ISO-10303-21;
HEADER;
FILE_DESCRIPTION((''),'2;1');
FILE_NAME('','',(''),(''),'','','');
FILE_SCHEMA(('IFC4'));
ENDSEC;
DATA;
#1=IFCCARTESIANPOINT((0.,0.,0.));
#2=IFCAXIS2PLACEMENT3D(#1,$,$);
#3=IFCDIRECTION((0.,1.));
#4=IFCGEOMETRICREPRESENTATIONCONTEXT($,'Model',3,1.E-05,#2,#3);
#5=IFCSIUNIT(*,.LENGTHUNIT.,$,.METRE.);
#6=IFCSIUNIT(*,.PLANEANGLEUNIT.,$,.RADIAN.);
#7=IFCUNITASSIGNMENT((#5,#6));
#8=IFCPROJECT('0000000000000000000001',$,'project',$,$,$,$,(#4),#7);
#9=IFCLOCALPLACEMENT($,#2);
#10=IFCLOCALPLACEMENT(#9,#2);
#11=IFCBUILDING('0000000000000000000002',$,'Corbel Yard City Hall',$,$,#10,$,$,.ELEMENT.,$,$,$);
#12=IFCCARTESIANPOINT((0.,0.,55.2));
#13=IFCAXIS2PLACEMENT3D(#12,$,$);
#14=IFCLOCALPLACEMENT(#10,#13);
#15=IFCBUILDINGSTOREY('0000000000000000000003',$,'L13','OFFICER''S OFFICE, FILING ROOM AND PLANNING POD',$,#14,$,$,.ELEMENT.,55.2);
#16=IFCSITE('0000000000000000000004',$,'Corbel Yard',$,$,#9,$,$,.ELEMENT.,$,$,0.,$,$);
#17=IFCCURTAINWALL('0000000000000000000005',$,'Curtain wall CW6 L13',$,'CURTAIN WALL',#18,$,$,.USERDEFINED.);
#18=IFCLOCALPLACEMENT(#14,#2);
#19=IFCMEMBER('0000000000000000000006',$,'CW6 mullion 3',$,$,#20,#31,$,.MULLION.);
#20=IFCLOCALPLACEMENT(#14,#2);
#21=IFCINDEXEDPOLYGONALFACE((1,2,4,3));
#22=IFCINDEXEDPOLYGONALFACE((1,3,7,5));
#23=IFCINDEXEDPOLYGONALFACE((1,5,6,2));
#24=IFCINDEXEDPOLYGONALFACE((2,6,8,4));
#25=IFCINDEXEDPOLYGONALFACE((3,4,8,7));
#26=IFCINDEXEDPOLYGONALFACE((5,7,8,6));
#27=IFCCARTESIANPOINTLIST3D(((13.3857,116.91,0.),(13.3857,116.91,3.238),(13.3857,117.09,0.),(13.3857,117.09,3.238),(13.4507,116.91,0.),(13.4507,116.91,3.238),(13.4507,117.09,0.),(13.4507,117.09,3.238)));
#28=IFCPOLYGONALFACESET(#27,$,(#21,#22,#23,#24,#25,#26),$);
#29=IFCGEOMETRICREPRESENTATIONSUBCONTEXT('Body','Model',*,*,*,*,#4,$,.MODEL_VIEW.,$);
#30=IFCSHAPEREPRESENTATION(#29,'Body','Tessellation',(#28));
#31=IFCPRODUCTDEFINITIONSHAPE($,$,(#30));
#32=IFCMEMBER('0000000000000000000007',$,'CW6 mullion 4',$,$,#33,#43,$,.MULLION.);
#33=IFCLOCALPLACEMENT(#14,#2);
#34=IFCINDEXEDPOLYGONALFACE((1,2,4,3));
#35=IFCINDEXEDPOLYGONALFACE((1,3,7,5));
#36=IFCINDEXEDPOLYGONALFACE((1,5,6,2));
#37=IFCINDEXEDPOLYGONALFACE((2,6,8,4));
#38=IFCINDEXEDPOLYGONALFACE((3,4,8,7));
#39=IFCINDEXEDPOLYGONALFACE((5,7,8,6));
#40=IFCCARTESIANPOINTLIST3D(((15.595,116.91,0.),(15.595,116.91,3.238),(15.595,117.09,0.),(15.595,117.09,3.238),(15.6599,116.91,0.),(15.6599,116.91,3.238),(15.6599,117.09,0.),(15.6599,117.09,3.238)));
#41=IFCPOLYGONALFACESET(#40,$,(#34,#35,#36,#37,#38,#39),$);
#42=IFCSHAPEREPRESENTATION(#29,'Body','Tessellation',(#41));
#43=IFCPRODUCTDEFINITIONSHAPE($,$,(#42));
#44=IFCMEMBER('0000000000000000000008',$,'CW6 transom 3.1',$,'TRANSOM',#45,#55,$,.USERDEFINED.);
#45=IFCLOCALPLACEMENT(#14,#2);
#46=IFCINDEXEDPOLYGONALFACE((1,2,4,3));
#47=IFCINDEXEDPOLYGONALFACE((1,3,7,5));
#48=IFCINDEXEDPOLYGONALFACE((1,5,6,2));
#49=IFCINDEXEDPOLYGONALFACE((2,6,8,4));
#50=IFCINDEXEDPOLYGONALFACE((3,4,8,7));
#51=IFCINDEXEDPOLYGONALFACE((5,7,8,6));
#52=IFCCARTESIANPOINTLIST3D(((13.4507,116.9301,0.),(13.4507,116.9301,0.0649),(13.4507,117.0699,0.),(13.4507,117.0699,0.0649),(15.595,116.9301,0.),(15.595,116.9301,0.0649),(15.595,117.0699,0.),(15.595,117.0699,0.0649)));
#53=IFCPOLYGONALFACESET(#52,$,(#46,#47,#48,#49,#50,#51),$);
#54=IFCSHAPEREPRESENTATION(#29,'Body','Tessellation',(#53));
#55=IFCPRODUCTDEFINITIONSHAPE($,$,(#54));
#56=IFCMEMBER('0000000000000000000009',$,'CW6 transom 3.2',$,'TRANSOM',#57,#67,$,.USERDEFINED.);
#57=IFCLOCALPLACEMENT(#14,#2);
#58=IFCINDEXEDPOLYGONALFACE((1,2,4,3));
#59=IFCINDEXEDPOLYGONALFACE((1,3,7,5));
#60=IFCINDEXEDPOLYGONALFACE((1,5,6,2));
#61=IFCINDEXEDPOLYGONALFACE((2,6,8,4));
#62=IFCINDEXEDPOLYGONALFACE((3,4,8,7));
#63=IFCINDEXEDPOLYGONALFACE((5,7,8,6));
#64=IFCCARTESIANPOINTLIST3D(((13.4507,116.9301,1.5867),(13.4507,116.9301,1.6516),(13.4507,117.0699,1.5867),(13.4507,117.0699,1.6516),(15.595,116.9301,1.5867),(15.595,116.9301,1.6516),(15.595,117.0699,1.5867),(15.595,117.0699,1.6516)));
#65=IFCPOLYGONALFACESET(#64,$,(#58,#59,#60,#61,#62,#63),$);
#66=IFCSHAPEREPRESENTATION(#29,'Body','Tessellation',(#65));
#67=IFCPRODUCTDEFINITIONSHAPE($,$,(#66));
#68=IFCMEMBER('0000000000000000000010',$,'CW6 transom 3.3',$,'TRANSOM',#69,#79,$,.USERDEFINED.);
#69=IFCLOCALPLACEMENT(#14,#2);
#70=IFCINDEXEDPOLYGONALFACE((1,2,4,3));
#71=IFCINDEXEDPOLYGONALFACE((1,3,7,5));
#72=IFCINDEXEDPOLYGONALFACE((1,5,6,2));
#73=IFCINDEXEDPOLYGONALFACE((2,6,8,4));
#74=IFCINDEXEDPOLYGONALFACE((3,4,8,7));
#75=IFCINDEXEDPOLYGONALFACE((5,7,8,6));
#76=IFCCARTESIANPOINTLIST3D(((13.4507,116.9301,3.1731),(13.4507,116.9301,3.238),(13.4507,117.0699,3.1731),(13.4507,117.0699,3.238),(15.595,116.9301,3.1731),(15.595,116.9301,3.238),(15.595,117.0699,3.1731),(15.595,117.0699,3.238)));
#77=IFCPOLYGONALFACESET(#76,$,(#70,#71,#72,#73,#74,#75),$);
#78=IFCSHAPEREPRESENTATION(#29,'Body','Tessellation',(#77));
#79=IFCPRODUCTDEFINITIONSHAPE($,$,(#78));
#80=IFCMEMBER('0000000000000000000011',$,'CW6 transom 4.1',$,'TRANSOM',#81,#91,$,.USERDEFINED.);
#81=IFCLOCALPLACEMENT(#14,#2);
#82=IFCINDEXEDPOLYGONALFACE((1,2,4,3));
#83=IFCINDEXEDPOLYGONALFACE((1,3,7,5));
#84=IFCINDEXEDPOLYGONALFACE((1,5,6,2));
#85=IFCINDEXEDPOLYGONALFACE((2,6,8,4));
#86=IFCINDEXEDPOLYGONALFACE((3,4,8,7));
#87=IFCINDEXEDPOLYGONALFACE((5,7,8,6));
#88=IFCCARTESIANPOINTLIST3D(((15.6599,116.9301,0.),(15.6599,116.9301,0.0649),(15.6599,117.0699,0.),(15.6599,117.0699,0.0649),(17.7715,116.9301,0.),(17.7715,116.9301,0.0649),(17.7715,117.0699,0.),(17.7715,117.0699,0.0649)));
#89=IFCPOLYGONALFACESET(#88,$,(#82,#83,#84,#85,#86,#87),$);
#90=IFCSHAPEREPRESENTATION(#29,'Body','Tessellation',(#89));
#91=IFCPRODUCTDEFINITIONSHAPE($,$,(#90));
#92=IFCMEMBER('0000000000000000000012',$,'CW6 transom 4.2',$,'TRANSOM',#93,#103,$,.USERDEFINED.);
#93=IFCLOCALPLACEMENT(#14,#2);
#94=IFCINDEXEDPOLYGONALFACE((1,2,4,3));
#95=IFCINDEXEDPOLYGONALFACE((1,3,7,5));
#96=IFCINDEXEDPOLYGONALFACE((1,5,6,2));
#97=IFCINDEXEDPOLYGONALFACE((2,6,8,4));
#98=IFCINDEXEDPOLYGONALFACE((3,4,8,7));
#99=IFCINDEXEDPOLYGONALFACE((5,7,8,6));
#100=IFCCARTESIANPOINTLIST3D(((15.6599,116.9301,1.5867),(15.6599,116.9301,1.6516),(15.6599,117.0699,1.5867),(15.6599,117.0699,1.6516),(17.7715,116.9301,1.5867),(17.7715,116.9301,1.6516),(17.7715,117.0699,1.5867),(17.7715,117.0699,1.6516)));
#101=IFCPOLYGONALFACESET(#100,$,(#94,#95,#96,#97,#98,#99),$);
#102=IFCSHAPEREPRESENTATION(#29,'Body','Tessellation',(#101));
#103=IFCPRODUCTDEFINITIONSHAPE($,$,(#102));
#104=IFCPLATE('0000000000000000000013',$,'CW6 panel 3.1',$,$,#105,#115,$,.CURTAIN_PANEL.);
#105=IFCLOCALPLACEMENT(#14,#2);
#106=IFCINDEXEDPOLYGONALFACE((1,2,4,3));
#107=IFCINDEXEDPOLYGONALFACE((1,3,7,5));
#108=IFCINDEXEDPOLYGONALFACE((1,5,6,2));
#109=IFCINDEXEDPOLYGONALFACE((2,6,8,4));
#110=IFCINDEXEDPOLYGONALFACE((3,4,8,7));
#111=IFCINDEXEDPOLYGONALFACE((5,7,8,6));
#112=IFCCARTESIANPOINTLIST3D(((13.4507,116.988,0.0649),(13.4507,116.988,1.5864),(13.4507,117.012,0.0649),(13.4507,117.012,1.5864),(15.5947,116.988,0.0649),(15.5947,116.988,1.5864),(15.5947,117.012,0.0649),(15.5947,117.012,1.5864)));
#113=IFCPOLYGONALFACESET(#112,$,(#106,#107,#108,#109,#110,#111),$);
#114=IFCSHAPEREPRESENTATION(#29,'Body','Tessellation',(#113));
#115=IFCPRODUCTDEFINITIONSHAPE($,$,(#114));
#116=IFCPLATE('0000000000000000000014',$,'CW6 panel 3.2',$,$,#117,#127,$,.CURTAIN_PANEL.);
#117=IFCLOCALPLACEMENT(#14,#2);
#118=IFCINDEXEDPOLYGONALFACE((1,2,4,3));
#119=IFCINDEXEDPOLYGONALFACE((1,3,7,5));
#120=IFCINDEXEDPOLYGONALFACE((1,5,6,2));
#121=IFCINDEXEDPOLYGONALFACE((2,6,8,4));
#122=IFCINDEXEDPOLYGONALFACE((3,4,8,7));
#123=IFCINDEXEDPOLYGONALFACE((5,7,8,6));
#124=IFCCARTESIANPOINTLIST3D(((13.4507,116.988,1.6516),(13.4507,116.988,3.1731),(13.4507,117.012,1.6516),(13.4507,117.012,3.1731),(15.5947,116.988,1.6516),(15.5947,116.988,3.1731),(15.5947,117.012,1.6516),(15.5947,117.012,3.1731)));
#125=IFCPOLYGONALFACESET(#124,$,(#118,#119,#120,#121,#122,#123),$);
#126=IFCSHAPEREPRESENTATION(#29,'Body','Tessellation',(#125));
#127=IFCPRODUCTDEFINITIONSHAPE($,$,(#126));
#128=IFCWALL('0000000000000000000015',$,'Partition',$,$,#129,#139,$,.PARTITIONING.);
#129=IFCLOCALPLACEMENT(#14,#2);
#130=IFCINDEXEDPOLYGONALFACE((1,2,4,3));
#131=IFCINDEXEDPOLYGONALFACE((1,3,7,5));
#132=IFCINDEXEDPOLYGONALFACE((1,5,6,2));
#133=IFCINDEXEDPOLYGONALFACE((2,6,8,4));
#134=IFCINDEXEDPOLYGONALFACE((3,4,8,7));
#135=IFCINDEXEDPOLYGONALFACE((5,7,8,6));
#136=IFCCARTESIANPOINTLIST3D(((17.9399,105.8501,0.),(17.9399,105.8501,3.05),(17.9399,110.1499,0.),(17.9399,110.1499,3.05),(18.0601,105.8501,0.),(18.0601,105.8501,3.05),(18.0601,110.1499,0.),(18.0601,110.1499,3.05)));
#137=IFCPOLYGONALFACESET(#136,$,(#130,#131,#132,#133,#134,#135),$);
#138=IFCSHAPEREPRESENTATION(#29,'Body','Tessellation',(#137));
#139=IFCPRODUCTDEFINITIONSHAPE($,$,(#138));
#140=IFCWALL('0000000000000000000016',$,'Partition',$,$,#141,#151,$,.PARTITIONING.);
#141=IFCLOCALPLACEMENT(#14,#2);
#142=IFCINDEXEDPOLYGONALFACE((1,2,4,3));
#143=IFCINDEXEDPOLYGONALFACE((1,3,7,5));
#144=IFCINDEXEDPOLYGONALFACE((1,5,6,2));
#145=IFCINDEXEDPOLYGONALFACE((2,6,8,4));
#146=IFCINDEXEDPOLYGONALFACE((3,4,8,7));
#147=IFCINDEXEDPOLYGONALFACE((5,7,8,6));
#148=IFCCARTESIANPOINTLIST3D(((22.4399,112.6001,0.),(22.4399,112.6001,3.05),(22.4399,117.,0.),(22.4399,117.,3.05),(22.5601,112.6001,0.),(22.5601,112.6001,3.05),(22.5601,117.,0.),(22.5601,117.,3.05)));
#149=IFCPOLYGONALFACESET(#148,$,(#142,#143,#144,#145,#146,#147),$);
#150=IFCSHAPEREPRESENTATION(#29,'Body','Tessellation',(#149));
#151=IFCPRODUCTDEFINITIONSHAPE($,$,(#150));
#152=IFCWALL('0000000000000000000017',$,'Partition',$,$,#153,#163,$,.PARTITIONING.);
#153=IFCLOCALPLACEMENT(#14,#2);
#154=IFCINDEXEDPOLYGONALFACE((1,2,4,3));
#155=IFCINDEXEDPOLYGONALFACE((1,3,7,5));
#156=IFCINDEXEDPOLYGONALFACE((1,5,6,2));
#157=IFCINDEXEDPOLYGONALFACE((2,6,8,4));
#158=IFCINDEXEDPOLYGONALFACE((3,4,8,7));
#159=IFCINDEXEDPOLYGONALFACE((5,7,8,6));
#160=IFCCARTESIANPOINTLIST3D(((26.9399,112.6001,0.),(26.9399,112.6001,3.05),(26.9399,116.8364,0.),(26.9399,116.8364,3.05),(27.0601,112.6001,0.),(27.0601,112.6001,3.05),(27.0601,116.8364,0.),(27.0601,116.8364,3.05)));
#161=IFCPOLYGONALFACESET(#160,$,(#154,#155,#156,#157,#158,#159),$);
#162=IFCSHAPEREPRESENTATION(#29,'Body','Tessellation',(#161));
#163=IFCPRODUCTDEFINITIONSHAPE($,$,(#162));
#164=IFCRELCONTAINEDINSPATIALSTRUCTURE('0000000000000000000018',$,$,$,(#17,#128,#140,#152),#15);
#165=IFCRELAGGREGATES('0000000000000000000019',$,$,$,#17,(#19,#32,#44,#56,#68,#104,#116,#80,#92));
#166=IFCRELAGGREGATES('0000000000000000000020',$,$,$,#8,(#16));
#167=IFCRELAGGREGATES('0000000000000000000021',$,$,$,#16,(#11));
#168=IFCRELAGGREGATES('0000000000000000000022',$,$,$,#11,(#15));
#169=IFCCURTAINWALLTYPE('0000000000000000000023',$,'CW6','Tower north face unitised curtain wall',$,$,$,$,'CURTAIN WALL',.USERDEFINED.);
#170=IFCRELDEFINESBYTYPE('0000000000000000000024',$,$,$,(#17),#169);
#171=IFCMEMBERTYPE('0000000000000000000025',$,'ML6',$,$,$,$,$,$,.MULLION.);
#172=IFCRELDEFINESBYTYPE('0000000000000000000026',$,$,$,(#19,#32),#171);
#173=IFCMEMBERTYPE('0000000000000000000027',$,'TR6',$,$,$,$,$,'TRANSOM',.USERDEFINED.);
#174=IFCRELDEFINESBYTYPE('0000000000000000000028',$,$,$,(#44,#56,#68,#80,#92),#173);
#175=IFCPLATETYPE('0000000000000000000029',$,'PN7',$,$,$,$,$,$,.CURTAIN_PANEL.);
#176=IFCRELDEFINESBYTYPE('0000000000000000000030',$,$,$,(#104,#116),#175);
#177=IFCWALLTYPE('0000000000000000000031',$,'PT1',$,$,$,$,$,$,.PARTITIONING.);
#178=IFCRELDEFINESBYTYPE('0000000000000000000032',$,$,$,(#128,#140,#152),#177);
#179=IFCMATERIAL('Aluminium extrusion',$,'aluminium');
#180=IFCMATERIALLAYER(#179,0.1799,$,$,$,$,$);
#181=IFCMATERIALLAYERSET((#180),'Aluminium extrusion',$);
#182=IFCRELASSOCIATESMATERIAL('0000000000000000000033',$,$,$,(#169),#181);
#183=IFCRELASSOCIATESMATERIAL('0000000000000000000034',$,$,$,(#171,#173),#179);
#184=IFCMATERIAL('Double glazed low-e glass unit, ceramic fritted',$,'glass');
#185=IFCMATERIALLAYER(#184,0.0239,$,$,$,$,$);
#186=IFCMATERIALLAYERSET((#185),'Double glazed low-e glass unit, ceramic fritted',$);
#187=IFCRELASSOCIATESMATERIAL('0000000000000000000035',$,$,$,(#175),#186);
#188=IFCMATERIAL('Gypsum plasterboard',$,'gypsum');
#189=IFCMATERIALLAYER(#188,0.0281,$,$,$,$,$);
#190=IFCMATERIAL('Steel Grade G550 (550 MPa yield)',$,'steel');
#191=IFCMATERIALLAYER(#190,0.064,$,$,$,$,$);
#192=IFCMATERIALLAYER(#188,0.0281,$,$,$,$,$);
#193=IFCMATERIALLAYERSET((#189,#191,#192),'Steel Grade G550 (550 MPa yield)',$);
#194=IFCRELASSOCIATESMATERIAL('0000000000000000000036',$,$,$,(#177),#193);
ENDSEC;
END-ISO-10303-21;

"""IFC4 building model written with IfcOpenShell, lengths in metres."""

from ifc_helpers import new_model, si_unit, direction, frame, frame_2d, origin, origin_2d, place, context, subcontext, project, spatial, rectangle, extrude, material, layer, layer_set, material_profile, profile_set, type_object, element, aggregate, save


model = new_model("IFC4")

# Units and contexts
model_context = context("Model", 3, precision=1e-05, world=origin(), true_north=direction((0.0, 1.0)))
body_context = subcontext(model_context, "Body", "Model", "MODEL_VIEW")
ifc_project = project(units=[si_unit("LENGTHUNIT", "METRE"), si_unit("PLANEANGLEUNIT", "RADIAN")], contexts=[model_context])

# Site, building, storey
site_placement = place(None, origin())
site = spatial("IfcSite", under=ifc_project, at=site_placement, Name="Corbel Yard", CompositionType="ELEMENT", RefElevation=0.0)
building_placement = place(site_placement, origin())
building = spatial("IfcBuilding", under=site, at=building_placement, Name="Corbel Yard City Hall", CompositionType="ELEMENT")
storey_placement = place(building_placement, frame((0.0, 0.0, 55.2)))
storey = spatial("IfcBuildingStorey", under=building, at=storey_placement, Name="L13", Description="OFFICER'S OFFICE, FILING ROOM AND PLANNING POD", CompositionType="ELEMENT", Elevation=55.2)

# Curtain wall, members, plates
ifc_material_1 = material(Name="Aluminium extrusion", Category="aluminium")
ifc_layer_1 = layer(ifc_material_1, 0.1799)
ifc_layer_set_1 = layer_set([ifc_layer_1], Name="Aluminium extrusion")
curtain_wall_type = type_object("IfcCurtainWallType", Name="CW6", Description="Tower north face unitised curtain wall", ElementType="CURTAIN WALL", PredefinedType="USERDEFINED", material=ifc_layer_set_1)
curtain_wall_placement = place(storey_placement, origin())
curtain_wall = element("IfcCurtainWall", 1, at=curtain_wall_placement, inside=storey, type_object=curtain_wall_type, Name="Curtain wall CW6 L13", ObjectType="CURTAIN WALL", PredefinedType="USERDEFINED")
ifc_material_profile_1 = material_profile(ifc_material_1, rectangle(XDim=0.1799, YDim=0.0649, at=origin_2d()), Name="180x65")
ifc_profile_set_1 = profile_set([ifc_material_profile_1], Name="Aluminium extrusion")
member_type_1 = type_object("IfcMemberType", Name="ML6", PredefinedType="MULLION", material=ifc_profile_set_1)
member_1_placement = place(storey_placement, frame((13.4182, 117.0, 0.0), z_axis=(0.0, 0.0, 1.0), x_axis=(0.0, 1.0, 0.0)))
member_1 = element("IfcMember", 2, at=member_1_placement, type_object=member_type_1, Name="CW6 mullion 3", PredefinedType="MULLION", context=body_context, shape_type="SweptSolid", body=[
    extrude(rectangle(XDim=0.1799, YDim=0.0649, at=origin_2d()), origin(), (0.0, 0.0, 1.0), 3.238),
])
member_2_placement = place(storey_placement, frame((15.6274, 117.0, 0.0), z_axis=(0.0, 0.0, 1.0), x_axis=(0.0, 1.0, 0.0)))
member_2 = element("IfcMember", 3, at=member_2_placement, type_object=member_type_1, Name="CW6 mullion 4", PredefinedType="MULLION", context=body_context, shape_type="SweptSolid", body=[
    extrude(rectangle(XDim=0.1799, YDim=0.0649, at=origin_2d()), origin(), (0.0, 0.0, 1.0), 3.238),
])
ifc_material_profile_2 = material_profile(ifc_material_1, rectangle(XDim=0.1399, YDim=0.0649, at=origin_2d()), Name="140x65")
ifc_profile_set_2 = profile_set([ifc_material_profile_2], Name="Aluminium extrusion")
member_type_2 = type_object("IfcMemberType", Name="TR6", ElementType="TRANSOM", PredefinedType="USERDEFINED", material=ifc_profile_set_2)
member_3_placement = place(storey_placement, frame((13.4507, 117.0, 0.0325), z_axis=(1.0, 0.0, 0.0), x_axis=(0.0, 1.0, 0.0)))
member_3 = element("IfcMember", 4, at=member_3_placement, type_object=member_type_2, Name="CW6 transom 3.1", ObjectType="TRANSOM", PredefinedType="USERDEFINED", context=body_context, shape_type="SweptSolid", body=[
    extrude(rectangle(XDim=0.1399, YDim=0.0649, at=origin_2d()), origin(), (0.0, 0.0, 1.0), 2.1443),
])
member_4_placement = place(storey_placement, frame((13.4507, 117.0, 1.6191), z_axis=(1.0, 0.0, 0.0), x_axis=(0.0, 1.0, 0.0)))
member_4 = element("IfcMember", 5, at=member_4_placement, type_object=member_type_2, Name="CW6 transom 3.2", ObjectType="TRANSOM", PredefinedType="USERDEFINED", context=body_context, shape_type="SweptSolid", body=[
    extrude(rectangle(XDim=0.1399, YDim=0.0649, at=origin_2d()), origin(), (0.0, 0.0, 1.0), 2.1443),
])
member_5_placement = place(storey_placement, frame((13.4507, 117.0, 3.2056), z_axis=(1.0, 0.0, 0.0), x_axis=(0.0, 1.0, 0.0)))
member_5 = element("IfcMember", 6, at=member_5_placement, type_object=member_type_2, Name="CW6 transom 3.3", ObjectType="TRANSOM", PredefinedType="USERDEFINED", context=body_context, shape_type="SweptSolid", body=[
    extrude(rectangle(XDim=0.1399, YDim=0.0649, at=origin_2d()), origin(), (0.0, 0.0, 1.0), 2.1443),
])
member_6_placement = place(storey_placement, frame((15.6599, 117.0, 0.0325), z_axis=(1.0, 0.0, 0.0), x_axis=(0.0, 1.0, 0.0)))
member_6 = element("IfcMember", 7, at=member_6_placement, type_object=member_type_2, Name="CW6 transom 4.1", ObjectType="TRANSOM", PredefinedType="USERDEFINED", context=body_context, shape_type="SweptSolid", body=[
    extrude(rectangle(XDim=0.1399, YDim=0.0649, at=origin_2d()), origin(), (0.0, 0.0, 1.0), 2.1116),
])
member_7_placement = place(storey_placement, frame((15.6599, 117.0, 1.6191), z_axis=(1.0, 0.0, 0.0), x_axis=(0.0, 1.0, 0.0)))
member_7 = element("IfcMember", 8, at=member_7_placement, type_object=member_type_2, Name="CW6 transom 4.2", ObjectType="TRANSOM", PredefinedType="USERDEFINED", context=body_context, shape_type="SweptSolid", body=[
    extrude(rectangle(XDim=0.1399, YDim=0.0649, at=origin_2d()), origin(), (0.0, 0.0, 1.0), 2.1116),
])
ifc_material_2 = material(Name="Double glazed low-e glass unit, ceramic fritted", Category="glass")
ifc_layer_2 = layer(ifc_material_2, 0.0239)
ifc_layer_set_2 = layer_set([ifc_layer_2], Name="Double glazed low-e glass unit, ceramic fritted")
plate_type = type_object("IfcPlateType", Name="PN7", PredefinedType="CURTAIN_PANEL", material=ifc_layer_set_2)
plate_1_placement = place(storey_placement, frame((14.5227, 117.0, 0.0649), z_axis=(0.0, 0.0, 1.0), x_axis=(1.0, 0.0, 0.0)))
plate_1 = element("IfcPlate", 9, at=plate_1_placement, type_object=plate_type, Name="CW6 panel 3.1", PredefinedType="CURTAIN_PANEL", context=body_context, shape_type="SweptSolid", body=[
    extrude(rectangle(XDim=2.144, YDim=0.0239, at=origin_2d()), origin(), (0.0, 0.0, 1.0), 1.5215),
])
plate_2_placement = place(storey_placement, frame((14.5227, 117.0, 1.6516), z_axis=(0.0, 0.0, 1.0), x_axis=(1.0, 0.0, 0.0)))
plate_2 = element("IfcPlate", 10, at=plate_2_placement, type_object=plate_type, Name="CW6 panel 3.2", PredefinedType="CURTAIN_PANEL", context=body_context, shape_type="SweptSolid", body=[
    extrude(rectangle(XDim=2.144, YDim=0.0239, at=origin_2d()), origin(), (0.0, 0.0, 1.0), 1.5215),
])
aggregate(curtain_wall, [member_1, member_2, member_3, member_4, member_5, plate_1, plate_2, member_6, member_7])

# Walls
ifc_material_3 = material(Name="Gypsum plasterboard", Category="gypsum")
ifc_layer_3 = layer(ifc_material_3, 0.0281)
ifc_material_4 = material(Name="Steel Grade G550 (550 MPa yield)", Category="steel")
ifc_layer_4 = layer(ifc_material_4, 0.064)
ifc_layer_5 = layer(ifc_material_3, 0.0281)
ifc_layer_set_3 = layer_set([ifc_layer_3, ifc_layer_4, ifc_layer_5], Name="Steel Grade G550 (550 MPa yield)")
wall_type_1 = type_object("IfcWallType", Name="PT1", PredefinedType="PARTITIONING", material=ifc_layer_set_3)
wall_1_placement = place(storey_placement, frame((18.0, 105.8501, 0.0), z_axis=(0.0, 0.0, 1.0), x_axis=(0.0, 1.0, 0.0)))
element("IfcWall", 11, at=wall_1_placement, inside=storey, type_object=wall_type_1, Name="Partition", PredefinedType="PARTITIONING", context=body_context, shape_type="SweptSolid", body=[
    extrude(rectangle(XDim=4.2998, YDim=0.1201, at=frame_2d((2.1499, 0.0))), origin(), (0.0, 0.0, 1.0), 3.05),
])
wall_2_placement = place(storey_placement, frame((22.5, 112.6001, 0.0), z_axis=(0.0, 0.0, 1.0), x_axis=(0.0, 1.0, 0.0)))
element("IfcWall", 12, at=wall_2_placement, inside=storey, type_object=wall_type_1, Name="Partition", PredefinedType="PARTITIONING", context=body_context, shape_type="SweptSolid", body=[
    extrude(rectangle(XDim=4.3999, YDim=0.1201, at=frame_2d((2.2, 0.0))), origin(), (0.0, 0.0, 1.0), 3.05),
])
wall_3_placement = place(storey_placement, frame((27.0, 112.6001, 0.0), z_axis=(0.0, 0.0, 1.0), x_axis=(0.0, 1.0, 0.0)))
element("IfcWall", 13, at=wall_3_placement, inside=storey, type_object=wall_type_1, Name="Partition", PredefinedType="PARTITIONING", context=body_context, shape_type="SweptSolid", body=[
    extrude(rectangle(XDim=4.2363, YDim=0.1201, at=frame_2d((2.1182, 0.0))), origin(), (0.0, 0.0, 1.0), 3.05),
])

save(model, "model.ifc")
